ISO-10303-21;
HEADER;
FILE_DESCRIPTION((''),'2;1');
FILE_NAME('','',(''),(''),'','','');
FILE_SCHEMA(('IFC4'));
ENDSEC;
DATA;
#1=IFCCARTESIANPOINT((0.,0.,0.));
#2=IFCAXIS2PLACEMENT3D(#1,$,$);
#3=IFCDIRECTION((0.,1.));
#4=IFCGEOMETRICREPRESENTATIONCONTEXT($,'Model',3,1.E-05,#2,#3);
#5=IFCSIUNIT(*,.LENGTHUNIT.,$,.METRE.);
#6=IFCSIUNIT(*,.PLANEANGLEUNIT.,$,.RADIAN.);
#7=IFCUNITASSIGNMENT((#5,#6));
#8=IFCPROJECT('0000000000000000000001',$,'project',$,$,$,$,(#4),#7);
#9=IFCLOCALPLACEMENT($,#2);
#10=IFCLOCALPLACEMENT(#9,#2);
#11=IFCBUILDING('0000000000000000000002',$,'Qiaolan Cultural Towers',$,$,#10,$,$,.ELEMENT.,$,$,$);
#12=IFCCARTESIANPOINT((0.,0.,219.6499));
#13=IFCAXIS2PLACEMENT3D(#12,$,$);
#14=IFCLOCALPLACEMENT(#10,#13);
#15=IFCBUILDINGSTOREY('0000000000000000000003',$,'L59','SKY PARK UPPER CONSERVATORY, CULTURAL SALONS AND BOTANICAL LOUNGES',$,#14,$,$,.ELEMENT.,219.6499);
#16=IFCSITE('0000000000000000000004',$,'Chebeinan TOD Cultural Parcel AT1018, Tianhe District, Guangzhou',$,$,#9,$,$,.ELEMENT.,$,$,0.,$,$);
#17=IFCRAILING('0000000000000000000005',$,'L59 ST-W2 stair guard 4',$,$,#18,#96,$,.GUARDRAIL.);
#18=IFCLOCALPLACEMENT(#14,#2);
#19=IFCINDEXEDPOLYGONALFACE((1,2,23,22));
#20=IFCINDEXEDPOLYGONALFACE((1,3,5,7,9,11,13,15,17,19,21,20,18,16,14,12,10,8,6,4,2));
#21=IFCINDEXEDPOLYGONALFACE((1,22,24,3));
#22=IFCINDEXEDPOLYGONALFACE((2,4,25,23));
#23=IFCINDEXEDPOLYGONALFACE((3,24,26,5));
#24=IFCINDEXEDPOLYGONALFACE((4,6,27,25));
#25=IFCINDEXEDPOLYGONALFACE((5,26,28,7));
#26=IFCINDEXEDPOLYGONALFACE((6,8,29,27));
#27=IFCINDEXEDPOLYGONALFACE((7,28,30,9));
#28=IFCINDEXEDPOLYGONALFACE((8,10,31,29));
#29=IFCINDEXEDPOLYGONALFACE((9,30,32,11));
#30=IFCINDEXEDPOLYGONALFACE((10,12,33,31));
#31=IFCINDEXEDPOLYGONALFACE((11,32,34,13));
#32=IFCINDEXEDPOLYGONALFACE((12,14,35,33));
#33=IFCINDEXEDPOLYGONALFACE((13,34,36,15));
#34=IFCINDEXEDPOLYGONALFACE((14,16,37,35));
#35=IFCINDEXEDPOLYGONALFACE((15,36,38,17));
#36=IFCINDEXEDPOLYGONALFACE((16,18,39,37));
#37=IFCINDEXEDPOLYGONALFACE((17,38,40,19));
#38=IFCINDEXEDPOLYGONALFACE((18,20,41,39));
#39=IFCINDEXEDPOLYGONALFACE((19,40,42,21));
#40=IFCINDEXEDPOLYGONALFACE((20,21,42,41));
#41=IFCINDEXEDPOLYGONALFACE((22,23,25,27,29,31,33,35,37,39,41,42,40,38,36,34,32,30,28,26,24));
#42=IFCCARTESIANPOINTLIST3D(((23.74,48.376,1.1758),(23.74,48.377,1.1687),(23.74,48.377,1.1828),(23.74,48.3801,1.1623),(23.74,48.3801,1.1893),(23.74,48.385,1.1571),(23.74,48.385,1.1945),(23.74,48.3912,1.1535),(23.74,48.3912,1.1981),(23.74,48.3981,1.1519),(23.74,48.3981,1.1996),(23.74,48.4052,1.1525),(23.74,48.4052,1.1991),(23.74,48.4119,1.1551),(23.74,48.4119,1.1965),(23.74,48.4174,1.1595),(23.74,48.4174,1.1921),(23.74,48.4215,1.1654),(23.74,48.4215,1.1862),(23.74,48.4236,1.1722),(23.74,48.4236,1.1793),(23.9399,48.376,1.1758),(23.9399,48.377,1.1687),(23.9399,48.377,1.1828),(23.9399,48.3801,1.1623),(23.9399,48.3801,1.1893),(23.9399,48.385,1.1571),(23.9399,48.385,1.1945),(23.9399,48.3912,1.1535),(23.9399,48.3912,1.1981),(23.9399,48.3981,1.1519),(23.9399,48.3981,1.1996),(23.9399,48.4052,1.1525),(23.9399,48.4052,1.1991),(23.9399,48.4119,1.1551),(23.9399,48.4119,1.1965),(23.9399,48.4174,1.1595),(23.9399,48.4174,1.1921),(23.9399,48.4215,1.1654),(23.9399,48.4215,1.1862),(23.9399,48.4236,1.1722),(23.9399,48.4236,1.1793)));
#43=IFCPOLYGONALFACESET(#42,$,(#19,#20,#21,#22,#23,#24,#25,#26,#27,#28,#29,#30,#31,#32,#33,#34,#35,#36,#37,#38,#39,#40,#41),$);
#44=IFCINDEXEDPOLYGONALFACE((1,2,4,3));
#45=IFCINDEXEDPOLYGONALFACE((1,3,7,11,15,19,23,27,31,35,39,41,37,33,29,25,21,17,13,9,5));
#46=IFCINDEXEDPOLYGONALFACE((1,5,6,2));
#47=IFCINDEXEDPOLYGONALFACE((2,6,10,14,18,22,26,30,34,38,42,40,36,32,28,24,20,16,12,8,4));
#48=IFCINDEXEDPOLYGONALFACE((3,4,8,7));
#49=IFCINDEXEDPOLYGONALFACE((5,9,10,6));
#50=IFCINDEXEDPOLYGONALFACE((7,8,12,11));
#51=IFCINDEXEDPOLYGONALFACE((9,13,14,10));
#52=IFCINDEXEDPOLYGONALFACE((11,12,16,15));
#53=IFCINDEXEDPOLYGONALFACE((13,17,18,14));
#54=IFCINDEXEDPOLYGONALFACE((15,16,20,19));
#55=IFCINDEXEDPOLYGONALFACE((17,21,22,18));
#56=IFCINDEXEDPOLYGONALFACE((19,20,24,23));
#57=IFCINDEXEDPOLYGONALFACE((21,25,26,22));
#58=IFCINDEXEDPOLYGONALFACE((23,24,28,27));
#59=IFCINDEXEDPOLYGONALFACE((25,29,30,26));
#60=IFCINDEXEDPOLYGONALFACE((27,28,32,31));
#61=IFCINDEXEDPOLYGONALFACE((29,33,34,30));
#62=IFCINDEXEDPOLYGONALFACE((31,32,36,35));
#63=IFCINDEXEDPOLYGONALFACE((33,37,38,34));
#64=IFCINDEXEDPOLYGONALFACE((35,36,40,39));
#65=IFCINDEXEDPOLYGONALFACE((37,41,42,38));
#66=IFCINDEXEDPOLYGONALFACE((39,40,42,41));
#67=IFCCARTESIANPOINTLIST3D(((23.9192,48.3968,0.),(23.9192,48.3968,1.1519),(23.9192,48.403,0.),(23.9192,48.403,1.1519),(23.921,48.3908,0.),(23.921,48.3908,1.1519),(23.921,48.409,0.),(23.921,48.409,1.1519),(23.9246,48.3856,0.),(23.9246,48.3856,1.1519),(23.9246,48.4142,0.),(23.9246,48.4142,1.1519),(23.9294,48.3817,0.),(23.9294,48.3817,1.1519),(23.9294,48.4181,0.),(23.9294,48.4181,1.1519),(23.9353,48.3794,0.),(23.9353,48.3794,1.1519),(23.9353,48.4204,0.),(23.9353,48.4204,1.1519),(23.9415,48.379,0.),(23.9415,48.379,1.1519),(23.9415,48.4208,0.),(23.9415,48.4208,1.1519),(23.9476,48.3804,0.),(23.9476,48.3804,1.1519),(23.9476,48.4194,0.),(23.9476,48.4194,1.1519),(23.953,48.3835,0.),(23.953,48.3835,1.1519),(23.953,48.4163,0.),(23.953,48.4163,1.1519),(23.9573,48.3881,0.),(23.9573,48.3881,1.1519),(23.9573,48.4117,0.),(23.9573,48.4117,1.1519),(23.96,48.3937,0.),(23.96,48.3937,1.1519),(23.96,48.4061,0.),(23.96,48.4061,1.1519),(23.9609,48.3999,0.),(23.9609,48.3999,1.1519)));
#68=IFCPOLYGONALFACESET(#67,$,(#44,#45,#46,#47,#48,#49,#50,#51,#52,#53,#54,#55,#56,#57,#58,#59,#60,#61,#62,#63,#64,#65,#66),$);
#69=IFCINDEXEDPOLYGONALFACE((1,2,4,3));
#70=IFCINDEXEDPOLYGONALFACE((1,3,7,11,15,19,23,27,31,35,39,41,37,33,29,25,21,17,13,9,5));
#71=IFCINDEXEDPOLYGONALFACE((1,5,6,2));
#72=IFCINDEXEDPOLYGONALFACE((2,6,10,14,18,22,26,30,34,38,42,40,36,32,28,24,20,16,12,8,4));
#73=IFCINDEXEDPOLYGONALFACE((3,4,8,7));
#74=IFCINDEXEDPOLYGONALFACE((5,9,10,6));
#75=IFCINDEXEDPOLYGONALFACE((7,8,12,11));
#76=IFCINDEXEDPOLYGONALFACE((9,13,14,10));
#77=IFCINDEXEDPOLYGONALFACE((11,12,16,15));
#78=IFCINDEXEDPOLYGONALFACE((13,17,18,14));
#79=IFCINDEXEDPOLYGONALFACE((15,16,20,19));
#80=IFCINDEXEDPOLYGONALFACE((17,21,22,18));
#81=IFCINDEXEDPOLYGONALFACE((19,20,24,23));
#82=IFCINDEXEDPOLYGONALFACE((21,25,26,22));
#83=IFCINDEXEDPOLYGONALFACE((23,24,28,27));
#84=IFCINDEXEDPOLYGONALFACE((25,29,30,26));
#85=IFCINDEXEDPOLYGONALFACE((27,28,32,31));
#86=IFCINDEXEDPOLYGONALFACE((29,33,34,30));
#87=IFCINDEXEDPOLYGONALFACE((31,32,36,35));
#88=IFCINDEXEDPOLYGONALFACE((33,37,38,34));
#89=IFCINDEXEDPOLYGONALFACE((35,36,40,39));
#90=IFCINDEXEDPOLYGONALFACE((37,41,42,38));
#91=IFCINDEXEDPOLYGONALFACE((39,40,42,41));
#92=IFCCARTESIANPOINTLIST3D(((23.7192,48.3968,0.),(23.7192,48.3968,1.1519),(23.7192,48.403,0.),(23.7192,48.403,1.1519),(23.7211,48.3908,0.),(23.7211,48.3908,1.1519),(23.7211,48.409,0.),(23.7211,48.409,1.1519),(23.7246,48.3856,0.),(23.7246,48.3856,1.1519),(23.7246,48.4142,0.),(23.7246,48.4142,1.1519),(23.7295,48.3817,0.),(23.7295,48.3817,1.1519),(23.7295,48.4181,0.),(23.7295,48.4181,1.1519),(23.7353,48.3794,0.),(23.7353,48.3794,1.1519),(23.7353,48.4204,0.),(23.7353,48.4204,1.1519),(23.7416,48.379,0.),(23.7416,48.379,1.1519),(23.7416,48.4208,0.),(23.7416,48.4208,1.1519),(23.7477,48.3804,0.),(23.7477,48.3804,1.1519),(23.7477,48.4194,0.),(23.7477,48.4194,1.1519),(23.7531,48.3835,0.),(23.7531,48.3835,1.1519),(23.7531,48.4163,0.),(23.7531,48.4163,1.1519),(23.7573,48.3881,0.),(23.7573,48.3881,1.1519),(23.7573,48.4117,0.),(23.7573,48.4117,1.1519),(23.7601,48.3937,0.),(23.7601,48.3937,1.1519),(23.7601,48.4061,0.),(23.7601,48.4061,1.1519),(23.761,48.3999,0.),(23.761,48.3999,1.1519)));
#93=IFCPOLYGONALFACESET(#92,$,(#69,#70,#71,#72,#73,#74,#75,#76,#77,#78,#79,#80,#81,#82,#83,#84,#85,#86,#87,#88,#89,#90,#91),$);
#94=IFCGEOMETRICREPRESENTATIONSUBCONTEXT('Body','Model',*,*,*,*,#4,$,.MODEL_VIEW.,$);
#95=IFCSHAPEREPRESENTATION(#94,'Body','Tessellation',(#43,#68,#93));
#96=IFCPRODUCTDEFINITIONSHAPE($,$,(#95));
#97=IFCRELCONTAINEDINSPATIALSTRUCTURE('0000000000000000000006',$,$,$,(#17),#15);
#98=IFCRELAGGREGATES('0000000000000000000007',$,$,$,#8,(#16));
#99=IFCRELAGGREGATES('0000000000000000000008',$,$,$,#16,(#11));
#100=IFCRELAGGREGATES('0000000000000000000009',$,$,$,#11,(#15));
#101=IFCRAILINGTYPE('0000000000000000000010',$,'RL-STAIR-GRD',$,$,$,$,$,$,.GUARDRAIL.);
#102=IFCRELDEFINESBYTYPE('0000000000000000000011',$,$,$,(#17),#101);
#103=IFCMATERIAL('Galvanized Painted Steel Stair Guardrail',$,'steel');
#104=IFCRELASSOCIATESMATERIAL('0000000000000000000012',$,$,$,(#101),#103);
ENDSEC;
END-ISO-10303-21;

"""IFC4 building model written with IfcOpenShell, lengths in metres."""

from ifc_helpers import new_model, si_unit, direction, frame, origin, origin_2d, place, context, subcontext, project, spatial, circle, extrude, material, type_object, element, save


model = new_model("IFC4")

# Units and contexts
model_context = context("Model", 3, precision=1e-05, world=origin(), true_north=direction((0.0, 1.0)))
body_context = subcontext(model_context, "Body", "Model", "MODEL_VIEW")
ifc_project = project(units=[si_unit("LENGTHUNIT", "METRE"), si_unit("PLANEANGLEUNIT", "RADIAN")], contexts=[model_context])

# Site, building, storey
site_placement = place(None, origin())
site = spatial("IfcSite", under=ifc_project, at=site_placement, Name="Chebeinan TOD Cultural Parcel AT1018, Tianhe District, Guangzhou", CompositionType="ELEMENT", RefElevation=0.0)
building_placement = place(site_placement, origin())
building = spatial("IfcBuilding", under=site, at=building_placement, Name="Qiaolan Cultural Towers", CompositionType="ELEMENT")
storey_placement = place(building_placement, frame((0.0, 0.0, 219.6499)))
storey = spatial("IfcBuildingStorey", under=building, at=storey_placement, Name="L59", Description="SKY PARK UPPER CONSERVATORY, CULTURAL SALONS AND BOTANICAL LOUNGES", CompositionType="ELEMENT", Elevation=219.6499)

# Railing
ifc_material_1 = material(Name="Galvanized Painted Steel Stair Guardrail", Category="steel")
railing_type_1 = type_object("IfcRailingType", Name="RL-STAIR-GRD", PredefinedType="GUARDRAIL", material=ifc_material_1)
railing_1_placement = place(storey_placement, frame((23.9399, 48.3999, 0.0)))
element("IfcRailing", 1, at=railing_1_placement, inside=storey, type_object=railing_type_1, Name="L59 ST-W2 stair guard 4", PredefinedType="GUARDRAIL", context=body_context, shape_type="SweptSolid", body=[
    extrude(circle(Radius=0.0239, at=origin_2d()), frame((0.0, 0.0, 1.1758), z_axis=(-1.0, 0.0, 0.0), x_axis=(0.0, -1.0, 0.0)), (0.0, 0.0, 1.0), 0.2),
    extrude(circle(Radius=0.021, at=origin_2d()), origin(), (0.0, 0.0, 1.0), 1.1519),
    extrude(circle(Radius=0.021, at=origin_2d()), frame((-0.2, 0.0, 0.0)), (0.0, 0.0, 1.0), 1.1519),
])

save(model, "model.ifc")
